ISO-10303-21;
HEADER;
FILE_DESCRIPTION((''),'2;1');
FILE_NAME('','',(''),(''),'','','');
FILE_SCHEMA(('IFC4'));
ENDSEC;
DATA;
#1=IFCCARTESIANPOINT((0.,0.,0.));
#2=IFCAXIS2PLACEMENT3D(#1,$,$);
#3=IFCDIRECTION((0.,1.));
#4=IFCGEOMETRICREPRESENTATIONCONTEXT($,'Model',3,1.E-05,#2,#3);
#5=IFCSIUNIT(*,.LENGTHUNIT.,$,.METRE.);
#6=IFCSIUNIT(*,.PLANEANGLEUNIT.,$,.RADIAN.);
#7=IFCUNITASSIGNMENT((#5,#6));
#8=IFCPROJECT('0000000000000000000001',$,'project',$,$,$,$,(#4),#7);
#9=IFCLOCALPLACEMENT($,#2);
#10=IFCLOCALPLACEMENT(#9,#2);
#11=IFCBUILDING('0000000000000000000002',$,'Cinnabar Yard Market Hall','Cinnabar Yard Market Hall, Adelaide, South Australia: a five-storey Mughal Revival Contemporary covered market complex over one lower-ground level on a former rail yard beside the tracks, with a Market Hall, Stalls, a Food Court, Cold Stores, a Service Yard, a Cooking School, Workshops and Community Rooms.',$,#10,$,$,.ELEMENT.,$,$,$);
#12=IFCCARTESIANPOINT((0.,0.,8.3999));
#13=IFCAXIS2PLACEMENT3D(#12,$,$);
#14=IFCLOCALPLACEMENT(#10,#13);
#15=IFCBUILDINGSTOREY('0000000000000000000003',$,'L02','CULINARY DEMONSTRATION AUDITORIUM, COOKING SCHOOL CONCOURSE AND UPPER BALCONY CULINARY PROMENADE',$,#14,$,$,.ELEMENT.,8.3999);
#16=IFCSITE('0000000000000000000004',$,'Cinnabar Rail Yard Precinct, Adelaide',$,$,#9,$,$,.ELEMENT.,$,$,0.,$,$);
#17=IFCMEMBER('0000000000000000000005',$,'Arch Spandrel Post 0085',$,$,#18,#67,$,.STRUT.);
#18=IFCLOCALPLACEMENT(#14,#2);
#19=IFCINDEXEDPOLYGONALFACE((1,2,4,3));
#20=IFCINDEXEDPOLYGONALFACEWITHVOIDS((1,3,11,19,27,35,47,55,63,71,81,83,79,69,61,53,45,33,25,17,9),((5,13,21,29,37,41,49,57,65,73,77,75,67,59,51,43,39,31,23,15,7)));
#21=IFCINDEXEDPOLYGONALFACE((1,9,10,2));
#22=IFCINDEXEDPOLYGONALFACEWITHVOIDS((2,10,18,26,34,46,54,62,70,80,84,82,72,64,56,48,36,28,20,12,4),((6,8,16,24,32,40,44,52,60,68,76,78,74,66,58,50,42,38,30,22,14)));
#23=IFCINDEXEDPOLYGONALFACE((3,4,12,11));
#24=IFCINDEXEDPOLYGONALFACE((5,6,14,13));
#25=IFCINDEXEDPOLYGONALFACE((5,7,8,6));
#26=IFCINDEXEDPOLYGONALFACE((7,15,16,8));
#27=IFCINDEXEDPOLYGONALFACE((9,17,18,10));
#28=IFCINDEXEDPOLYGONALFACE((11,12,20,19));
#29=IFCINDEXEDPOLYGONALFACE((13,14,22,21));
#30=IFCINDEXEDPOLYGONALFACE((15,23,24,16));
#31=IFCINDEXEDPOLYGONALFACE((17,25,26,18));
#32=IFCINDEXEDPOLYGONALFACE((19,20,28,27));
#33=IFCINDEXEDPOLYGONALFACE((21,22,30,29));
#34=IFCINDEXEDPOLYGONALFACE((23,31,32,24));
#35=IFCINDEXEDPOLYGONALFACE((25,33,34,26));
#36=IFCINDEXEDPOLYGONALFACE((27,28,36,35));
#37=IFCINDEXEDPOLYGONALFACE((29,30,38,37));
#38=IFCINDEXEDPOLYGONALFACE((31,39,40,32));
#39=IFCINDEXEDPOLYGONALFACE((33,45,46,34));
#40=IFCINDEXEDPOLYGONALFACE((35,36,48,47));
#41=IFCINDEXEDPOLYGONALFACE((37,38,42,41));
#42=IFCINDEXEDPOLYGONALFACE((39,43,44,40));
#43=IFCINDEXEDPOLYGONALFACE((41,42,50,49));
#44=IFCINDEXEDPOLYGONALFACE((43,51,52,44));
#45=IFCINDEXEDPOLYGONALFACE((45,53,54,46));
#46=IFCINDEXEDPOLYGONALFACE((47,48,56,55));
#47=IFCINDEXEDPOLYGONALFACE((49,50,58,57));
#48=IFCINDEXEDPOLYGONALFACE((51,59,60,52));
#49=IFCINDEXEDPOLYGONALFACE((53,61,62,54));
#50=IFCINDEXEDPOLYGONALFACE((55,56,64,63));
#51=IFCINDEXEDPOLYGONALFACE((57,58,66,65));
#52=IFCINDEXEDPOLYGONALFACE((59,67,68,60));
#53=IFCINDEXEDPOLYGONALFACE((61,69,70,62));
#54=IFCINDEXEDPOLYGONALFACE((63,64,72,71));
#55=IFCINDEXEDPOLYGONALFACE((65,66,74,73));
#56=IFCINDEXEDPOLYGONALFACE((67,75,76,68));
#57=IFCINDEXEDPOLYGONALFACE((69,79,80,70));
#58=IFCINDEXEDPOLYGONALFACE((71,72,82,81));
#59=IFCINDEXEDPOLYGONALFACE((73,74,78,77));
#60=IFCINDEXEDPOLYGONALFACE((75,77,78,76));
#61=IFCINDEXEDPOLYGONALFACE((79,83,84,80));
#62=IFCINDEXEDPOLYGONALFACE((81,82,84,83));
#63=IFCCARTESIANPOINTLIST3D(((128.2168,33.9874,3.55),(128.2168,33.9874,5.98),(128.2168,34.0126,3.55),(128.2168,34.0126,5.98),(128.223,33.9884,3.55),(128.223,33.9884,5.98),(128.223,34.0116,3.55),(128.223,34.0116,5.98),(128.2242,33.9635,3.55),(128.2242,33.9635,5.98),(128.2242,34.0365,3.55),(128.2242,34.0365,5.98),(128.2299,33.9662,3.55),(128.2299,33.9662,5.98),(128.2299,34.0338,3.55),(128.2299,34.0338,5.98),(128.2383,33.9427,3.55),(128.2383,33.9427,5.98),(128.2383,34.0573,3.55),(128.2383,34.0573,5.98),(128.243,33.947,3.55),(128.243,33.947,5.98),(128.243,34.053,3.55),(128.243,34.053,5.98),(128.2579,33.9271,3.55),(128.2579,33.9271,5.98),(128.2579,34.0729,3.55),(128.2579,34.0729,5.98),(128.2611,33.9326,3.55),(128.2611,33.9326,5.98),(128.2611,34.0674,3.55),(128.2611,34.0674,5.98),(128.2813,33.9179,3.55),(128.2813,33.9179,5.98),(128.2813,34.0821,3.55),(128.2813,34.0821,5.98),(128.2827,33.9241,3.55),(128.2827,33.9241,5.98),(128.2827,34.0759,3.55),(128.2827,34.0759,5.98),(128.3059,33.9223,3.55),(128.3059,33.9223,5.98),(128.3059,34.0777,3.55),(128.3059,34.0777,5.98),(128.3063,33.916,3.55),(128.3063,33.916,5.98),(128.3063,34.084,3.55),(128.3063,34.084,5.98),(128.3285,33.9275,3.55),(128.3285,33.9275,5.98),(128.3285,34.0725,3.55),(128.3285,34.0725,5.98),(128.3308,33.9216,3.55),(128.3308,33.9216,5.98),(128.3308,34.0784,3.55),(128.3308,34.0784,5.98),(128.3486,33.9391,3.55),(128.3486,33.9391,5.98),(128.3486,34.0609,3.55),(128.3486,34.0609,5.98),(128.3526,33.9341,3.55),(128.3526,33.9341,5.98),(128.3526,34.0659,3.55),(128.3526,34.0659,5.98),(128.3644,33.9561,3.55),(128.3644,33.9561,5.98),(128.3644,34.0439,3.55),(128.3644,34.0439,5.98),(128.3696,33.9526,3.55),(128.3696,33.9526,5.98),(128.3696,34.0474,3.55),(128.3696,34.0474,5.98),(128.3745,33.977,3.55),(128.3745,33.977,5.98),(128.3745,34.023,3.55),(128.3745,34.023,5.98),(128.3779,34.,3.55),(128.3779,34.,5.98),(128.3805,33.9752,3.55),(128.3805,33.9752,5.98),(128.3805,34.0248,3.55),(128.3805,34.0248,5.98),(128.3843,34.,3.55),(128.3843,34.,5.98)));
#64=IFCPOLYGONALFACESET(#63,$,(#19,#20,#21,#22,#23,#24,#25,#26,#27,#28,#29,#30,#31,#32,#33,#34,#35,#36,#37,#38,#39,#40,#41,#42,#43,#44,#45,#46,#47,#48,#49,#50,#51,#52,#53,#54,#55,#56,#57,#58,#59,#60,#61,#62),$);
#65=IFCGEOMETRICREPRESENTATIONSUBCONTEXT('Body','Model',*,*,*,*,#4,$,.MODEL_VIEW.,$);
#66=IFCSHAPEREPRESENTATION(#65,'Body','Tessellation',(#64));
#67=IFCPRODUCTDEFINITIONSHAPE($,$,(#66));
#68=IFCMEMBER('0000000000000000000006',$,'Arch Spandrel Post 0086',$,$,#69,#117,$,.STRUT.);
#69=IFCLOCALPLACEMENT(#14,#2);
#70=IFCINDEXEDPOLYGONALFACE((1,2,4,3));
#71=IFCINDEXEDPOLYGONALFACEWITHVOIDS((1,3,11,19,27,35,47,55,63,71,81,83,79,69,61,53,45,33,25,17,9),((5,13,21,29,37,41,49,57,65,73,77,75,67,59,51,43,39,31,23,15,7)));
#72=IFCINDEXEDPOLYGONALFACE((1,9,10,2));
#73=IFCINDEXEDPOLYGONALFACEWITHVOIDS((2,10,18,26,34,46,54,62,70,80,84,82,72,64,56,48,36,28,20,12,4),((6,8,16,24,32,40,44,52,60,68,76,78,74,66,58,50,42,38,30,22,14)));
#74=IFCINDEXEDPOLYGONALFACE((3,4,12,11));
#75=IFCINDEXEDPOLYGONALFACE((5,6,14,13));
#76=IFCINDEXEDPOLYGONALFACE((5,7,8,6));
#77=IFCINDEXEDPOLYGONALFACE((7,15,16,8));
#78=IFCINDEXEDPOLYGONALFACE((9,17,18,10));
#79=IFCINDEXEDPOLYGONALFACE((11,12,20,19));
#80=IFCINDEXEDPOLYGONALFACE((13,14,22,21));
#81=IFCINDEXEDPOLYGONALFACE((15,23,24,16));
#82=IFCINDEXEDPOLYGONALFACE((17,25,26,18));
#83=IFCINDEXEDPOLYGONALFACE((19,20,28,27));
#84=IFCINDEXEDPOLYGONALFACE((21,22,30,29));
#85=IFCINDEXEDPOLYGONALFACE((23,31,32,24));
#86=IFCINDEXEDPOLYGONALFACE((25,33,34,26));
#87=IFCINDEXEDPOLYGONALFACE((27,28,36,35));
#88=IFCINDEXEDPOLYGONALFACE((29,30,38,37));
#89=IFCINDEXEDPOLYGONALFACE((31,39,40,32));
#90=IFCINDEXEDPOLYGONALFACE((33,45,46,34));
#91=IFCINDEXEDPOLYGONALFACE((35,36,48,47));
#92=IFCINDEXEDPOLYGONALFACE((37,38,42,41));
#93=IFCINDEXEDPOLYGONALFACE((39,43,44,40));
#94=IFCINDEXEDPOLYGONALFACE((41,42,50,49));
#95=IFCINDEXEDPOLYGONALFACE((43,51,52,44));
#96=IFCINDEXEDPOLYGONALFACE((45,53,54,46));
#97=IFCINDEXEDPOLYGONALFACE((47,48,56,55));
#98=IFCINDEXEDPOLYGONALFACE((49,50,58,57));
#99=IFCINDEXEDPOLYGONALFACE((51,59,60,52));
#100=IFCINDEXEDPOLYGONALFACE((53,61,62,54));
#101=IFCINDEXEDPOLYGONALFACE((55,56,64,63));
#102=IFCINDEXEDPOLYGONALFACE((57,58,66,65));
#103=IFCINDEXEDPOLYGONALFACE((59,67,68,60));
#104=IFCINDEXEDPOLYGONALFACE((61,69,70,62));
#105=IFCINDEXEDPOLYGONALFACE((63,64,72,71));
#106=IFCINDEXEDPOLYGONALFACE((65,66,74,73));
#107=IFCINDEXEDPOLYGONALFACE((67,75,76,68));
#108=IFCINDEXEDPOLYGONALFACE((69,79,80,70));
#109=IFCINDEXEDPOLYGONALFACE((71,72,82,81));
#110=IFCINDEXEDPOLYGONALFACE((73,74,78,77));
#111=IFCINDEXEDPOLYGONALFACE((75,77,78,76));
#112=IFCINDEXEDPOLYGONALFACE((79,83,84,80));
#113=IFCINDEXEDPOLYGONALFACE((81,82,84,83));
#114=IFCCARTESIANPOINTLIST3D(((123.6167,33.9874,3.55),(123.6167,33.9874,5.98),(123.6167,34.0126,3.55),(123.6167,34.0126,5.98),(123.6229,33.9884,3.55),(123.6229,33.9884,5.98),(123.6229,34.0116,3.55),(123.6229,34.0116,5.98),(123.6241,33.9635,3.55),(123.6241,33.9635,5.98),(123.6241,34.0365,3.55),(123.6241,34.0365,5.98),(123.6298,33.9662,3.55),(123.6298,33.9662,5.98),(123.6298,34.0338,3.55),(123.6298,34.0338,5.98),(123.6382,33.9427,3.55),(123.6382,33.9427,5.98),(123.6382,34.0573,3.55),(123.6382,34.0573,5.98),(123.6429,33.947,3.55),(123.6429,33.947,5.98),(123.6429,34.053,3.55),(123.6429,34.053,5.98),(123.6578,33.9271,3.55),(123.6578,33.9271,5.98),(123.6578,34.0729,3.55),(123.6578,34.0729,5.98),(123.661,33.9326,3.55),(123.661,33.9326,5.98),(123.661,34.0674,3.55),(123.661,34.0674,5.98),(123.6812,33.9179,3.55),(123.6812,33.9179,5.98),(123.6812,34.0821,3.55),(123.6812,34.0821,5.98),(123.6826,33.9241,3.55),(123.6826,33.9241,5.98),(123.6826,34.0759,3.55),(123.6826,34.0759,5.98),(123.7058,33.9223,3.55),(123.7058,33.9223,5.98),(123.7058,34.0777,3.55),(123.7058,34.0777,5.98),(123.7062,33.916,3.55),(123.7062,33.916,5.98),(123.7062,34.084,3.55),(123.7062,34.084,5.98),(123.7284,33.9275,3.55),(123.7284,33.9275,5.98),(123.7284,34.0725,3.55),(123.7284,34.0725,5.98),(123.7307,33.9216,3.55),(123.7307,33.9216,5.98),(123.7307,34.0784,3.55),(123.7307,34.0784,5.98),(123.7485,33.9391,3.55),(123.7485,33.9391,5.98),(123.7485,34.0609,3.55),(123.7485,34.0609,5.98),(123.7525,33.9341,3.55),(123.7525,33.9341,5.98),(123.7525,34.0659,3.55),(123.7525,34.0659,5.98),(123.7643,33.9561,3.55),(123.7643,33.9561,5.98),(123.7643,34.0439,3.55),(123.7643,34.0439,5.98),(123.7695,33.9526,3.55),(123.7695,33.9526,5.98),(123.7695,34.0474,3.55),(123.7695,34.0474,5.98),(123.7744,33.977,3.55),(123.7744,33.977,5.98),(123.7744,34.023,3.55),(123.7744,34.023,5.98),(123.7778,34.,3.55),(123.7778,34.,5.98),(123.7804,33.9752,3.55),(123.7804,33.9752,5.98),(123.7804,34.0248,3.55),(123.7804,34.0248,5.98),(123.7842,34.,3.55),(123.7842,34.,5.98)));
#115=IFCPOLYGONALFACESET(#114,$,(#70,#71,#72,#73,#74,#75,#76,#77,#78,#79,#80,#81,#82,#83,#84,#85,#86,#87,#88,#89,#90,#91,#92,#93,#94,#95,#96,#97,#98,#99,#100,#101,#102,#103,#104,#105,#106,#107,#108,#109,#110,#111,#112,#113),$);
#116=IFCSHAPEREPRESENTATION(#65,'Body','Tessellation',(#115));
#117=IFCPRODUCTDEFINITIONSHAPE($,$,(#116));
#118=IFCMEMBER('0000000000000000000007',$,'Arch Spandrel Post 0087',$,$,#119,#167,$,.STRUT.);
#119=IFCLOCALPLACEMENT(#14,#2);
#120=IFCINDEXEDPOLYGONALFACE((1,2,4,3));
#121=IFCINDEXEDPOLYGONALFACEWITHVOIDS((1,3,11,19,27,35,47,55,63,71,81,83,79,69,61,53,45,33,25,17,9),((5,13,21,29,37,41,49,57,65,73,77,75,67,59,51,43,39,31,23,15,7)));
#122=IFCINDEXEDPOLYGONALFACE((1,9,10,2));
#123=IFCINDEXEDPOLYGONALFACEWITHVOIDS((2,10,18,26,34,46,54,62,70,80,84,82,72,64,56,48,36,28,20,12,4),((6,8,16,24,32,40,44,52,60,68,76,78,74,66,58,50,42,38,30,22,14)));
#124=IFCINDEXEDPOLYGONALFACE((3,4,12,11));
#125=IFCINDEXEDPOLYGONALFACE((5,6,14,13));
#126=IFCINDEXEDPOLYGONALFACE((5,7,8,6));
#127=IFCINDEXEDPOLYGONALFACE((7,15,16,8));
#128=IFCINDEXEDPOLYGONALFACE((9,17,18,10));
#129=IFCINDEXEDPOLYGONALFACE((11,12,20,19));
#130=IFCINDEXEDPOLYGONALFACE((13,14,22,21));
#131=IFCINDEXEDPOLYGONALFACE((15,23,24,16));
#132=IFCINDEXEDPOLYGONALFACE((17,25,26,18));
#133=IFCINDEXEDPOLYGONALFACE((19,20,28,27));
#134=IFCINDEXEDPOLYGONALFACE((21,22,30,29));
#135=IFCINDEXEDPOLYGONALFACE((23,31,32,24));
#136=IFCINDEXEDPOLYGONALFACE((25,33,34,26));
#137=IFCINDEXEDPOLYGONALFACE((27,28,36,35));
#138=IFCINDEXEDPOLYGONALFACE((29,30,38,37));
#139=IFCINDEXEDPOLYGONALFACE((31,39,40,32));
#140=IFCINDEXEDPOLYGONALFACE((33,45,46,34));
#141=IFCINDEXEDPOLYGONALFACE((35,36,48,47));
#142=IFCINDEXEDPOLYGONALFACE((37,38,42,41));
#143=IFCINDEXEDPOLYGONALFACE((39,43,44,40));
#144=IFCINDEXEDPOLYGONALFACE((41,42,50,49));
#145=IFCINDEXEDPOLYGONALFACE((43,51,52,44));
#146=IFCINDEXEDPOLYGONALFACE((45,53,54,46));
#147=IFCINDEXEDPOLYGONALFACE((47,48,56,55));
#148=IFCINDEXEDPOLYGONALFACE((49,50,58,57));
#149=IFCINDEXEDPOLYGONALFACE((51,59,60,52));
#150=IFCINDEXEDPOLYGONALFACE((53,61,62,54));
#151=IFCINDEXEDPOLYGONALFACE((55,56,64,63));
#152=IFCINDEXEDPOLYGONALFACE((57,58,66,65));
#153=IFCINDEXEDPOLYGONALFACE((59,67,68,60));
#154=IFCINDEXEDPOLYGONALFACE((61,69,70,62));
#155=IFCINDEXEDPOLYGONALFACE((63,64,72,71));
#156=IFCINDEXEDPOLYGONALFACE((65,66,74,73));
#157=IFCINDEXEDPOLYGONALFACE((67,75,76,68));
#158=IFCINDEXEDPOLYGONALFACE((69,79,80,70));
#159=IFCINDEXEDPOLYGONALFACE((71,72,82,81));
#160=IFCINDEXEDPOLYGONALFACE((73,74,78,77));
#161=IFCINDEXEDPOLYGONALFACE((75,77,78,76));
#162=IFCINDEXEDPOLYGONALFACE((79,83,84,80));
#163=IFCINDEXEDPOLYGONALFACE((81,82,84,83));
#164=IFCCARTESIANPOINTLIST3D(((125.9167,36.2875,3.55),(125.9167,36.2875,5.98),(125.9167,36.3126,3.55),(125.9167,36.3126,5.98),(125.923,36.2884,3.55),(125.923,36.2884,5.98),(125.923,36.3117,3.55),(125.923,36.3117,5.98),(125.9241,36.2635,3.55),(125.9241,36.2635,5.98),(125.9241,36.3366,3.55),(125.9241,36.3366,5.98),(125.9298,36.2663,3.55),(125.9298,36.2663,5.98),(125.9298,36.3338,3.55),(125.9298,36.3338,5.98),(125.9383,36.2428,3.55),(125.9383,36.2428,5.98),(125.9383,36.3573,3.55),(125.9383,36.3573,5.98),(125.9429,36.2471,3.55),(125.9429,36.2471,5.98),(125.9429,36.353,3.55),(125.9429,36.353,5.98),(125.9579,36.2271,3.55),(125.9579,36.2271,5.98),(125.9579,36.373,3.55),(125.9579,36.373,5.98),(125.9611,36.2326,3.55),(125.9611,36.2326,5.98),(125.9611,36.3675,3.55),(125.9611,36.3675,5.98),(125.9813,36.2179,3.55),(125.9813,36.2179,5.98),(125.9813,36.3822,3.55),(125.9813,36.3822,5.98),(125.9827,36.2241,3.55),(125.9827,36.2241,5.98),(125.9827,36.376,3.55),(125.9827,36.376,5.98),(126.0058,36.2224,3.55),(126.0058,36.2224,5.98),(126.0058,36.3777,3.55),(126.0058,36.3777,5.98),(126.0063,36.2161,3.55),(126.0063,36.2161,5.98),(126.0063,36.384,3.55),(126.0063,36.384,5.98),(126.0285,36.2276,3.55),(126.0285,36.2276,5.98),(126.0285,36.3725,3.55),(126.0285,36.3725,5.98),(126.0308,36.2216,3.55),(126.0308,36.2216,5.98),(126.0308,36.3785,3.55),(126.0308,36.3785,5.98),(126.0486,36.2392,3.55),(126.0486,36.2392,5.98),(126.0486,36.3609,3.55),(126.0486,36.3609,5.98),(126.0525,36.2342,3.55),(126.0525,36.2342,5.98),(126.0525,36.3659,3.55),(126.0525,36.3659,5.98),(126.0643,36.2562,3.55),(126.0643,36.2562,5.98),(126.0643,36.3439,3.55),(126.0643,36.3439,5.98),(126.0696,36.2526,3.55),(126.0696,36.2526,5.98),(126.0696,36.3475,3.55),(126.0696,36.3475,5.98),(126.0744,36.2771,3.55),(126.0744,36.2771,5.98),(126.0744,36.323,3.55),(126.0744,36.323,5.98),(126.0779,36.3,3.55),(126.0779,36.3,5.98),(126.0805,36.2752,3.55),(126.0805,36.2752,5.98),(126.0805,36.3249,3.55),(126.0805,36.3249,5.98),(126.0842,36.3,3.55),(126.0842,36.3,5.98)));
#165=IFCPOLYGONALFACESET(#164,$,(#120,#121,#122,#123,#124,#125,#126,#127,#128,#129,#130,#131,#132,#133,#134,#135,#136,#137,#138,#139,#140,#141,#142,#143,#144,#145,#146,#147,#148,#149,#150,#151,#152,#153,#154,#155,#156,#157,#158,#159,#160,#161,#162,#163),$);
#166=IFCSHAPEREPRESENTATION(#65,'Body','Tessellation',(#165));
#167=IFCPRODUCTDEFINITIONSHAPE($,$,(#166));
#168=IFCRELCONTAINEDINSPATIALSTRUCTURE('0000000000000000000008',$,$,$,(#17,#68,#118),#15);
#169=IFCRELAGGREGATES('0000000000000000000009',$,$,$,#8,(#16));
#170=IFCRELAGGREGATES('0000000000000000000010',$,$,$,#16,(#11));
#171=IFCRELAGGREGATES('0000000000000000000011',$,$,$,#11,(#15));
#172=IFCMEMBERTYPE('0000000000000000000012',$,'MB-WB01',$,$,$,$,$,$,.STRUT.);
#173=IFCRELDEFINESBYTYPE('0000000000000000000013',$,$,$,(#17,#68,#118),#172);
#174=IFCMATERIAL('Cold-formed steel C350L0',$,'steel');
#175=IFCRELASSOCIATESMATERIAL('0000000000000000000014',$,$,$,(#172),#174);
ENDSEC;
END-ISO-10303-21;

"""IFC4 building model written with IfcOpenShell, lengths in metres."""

from ifc_helpers import new_model, si_unit, direction, frame, origin, origin_2d_with_axis, place, context, subcontext, project, spatial, hollow_circle, extrude, material, material_profile, profile_set, type_object, element, save


model = new_model("IFC4")

# Units and contexts
model_context = context("Model", 3, precision=1e-05, world=origin(), true_north=direction((0.0, 1.0)))
body_context = subcontext(model_context, "Body", "Model", "MODEL_VIEW")
ifc_project = project(units=[si_unit("LENGTHUNIT", "METRE"), si_unit("PLANEANGLEUNIT", "RADIAN")], contexts=[model_context])

# Site, building, storey
site_placement = place(None, origin())
site = spatial("IfcSite", under=ifc_project, at=site_placement, Name="Cinnabar Rail Yard Precinct, Adelaide", CompositionType="ELEMENT", RefElevation=0.0)
building_placement = place(site_placement, origin())
building = spatial("IfcBuilding", under=site, at=building_placement, Name="Cinnabar Yard Market Hall", Description="Cinnabar Yard Market Hall, Adelaide, South Australia: a five-storey Mughal Revival Contemporary covered market complex over one lower-ground level on a former rail yard beside the tracks, with a Market Hall, Stalls, a Food Court, Cold Stores, a Service Yard, a Cooking School, Workshops and Community Rooms.", CompositionType="ELEMENT")
storey_placement = place(building_placement, frame((0.0, 0.0, 8.3999)))
storey = spatial("IfcBuildingStorey", under=building, at=storey_placement, Name="L02", Description="CULINARY DEMONSTRATION AUDITORIUM, COOKING SCHOOL CONCOURSE AND UPPER BALCONY CULINARY PROMENADE", CompositionType="ELEMENT", Elevation=8.3999)

# Members
ifc_material_1 = material(Name="Cold-formed steel C350L0", Category="steel")
ifc_material_profile_1 = material_profile(ifc_material_1, hollow_circle(Radius=0.0842, WallThickness=0.0063, at=origin_2d_with_axis()), Name="168.3x6.4CHS")
ifc_profile_set_1 = profile_set([ifc_material_profile_1], Name="Cold-formed steel C350L0")
member_type_1 = type_object("IfcMemberType", Name="MB-WB01", PredefinedType="STRUT", material=ifc_profile_set_1)
for number, where, z_axis, x_axis, name in (
    (1, (128.3, 34.0, 3.55), (0.0, 0.0, 1.0), (1.0, 0.0, 0.0), "Arch Spandrel Post 0085"),
    (2, (123.7, 34.0, 3.55), (0.0, 0.0, 1.0), (1.0, 0.0, 0.0), "Arch Spandrel Post 0086"),
    (3, (126.0, 36.3, 3.55), (0.0, 0.0, 1.0), (1.0, 0.0, 0.0), "Arch Spandrel Post 0087"),
):
    element("IfcMember", number, at=place(storey_placement, frame(where, z_axis=z_axis, x_axis=x_axis)), inside=storey, type_object=member_type_1, Name=name, PredefinedType="STRUT", context=body_context, shape_type="SweptSolid", body=[
        extrude(hollow_circle(Radius=0.0842, WallThickness=0.0063, at=origin_2d_with_axis()), origin(), (0.0, 0.0, 1.0), 2.4299),
    ])

save(model, "model.ifc")
